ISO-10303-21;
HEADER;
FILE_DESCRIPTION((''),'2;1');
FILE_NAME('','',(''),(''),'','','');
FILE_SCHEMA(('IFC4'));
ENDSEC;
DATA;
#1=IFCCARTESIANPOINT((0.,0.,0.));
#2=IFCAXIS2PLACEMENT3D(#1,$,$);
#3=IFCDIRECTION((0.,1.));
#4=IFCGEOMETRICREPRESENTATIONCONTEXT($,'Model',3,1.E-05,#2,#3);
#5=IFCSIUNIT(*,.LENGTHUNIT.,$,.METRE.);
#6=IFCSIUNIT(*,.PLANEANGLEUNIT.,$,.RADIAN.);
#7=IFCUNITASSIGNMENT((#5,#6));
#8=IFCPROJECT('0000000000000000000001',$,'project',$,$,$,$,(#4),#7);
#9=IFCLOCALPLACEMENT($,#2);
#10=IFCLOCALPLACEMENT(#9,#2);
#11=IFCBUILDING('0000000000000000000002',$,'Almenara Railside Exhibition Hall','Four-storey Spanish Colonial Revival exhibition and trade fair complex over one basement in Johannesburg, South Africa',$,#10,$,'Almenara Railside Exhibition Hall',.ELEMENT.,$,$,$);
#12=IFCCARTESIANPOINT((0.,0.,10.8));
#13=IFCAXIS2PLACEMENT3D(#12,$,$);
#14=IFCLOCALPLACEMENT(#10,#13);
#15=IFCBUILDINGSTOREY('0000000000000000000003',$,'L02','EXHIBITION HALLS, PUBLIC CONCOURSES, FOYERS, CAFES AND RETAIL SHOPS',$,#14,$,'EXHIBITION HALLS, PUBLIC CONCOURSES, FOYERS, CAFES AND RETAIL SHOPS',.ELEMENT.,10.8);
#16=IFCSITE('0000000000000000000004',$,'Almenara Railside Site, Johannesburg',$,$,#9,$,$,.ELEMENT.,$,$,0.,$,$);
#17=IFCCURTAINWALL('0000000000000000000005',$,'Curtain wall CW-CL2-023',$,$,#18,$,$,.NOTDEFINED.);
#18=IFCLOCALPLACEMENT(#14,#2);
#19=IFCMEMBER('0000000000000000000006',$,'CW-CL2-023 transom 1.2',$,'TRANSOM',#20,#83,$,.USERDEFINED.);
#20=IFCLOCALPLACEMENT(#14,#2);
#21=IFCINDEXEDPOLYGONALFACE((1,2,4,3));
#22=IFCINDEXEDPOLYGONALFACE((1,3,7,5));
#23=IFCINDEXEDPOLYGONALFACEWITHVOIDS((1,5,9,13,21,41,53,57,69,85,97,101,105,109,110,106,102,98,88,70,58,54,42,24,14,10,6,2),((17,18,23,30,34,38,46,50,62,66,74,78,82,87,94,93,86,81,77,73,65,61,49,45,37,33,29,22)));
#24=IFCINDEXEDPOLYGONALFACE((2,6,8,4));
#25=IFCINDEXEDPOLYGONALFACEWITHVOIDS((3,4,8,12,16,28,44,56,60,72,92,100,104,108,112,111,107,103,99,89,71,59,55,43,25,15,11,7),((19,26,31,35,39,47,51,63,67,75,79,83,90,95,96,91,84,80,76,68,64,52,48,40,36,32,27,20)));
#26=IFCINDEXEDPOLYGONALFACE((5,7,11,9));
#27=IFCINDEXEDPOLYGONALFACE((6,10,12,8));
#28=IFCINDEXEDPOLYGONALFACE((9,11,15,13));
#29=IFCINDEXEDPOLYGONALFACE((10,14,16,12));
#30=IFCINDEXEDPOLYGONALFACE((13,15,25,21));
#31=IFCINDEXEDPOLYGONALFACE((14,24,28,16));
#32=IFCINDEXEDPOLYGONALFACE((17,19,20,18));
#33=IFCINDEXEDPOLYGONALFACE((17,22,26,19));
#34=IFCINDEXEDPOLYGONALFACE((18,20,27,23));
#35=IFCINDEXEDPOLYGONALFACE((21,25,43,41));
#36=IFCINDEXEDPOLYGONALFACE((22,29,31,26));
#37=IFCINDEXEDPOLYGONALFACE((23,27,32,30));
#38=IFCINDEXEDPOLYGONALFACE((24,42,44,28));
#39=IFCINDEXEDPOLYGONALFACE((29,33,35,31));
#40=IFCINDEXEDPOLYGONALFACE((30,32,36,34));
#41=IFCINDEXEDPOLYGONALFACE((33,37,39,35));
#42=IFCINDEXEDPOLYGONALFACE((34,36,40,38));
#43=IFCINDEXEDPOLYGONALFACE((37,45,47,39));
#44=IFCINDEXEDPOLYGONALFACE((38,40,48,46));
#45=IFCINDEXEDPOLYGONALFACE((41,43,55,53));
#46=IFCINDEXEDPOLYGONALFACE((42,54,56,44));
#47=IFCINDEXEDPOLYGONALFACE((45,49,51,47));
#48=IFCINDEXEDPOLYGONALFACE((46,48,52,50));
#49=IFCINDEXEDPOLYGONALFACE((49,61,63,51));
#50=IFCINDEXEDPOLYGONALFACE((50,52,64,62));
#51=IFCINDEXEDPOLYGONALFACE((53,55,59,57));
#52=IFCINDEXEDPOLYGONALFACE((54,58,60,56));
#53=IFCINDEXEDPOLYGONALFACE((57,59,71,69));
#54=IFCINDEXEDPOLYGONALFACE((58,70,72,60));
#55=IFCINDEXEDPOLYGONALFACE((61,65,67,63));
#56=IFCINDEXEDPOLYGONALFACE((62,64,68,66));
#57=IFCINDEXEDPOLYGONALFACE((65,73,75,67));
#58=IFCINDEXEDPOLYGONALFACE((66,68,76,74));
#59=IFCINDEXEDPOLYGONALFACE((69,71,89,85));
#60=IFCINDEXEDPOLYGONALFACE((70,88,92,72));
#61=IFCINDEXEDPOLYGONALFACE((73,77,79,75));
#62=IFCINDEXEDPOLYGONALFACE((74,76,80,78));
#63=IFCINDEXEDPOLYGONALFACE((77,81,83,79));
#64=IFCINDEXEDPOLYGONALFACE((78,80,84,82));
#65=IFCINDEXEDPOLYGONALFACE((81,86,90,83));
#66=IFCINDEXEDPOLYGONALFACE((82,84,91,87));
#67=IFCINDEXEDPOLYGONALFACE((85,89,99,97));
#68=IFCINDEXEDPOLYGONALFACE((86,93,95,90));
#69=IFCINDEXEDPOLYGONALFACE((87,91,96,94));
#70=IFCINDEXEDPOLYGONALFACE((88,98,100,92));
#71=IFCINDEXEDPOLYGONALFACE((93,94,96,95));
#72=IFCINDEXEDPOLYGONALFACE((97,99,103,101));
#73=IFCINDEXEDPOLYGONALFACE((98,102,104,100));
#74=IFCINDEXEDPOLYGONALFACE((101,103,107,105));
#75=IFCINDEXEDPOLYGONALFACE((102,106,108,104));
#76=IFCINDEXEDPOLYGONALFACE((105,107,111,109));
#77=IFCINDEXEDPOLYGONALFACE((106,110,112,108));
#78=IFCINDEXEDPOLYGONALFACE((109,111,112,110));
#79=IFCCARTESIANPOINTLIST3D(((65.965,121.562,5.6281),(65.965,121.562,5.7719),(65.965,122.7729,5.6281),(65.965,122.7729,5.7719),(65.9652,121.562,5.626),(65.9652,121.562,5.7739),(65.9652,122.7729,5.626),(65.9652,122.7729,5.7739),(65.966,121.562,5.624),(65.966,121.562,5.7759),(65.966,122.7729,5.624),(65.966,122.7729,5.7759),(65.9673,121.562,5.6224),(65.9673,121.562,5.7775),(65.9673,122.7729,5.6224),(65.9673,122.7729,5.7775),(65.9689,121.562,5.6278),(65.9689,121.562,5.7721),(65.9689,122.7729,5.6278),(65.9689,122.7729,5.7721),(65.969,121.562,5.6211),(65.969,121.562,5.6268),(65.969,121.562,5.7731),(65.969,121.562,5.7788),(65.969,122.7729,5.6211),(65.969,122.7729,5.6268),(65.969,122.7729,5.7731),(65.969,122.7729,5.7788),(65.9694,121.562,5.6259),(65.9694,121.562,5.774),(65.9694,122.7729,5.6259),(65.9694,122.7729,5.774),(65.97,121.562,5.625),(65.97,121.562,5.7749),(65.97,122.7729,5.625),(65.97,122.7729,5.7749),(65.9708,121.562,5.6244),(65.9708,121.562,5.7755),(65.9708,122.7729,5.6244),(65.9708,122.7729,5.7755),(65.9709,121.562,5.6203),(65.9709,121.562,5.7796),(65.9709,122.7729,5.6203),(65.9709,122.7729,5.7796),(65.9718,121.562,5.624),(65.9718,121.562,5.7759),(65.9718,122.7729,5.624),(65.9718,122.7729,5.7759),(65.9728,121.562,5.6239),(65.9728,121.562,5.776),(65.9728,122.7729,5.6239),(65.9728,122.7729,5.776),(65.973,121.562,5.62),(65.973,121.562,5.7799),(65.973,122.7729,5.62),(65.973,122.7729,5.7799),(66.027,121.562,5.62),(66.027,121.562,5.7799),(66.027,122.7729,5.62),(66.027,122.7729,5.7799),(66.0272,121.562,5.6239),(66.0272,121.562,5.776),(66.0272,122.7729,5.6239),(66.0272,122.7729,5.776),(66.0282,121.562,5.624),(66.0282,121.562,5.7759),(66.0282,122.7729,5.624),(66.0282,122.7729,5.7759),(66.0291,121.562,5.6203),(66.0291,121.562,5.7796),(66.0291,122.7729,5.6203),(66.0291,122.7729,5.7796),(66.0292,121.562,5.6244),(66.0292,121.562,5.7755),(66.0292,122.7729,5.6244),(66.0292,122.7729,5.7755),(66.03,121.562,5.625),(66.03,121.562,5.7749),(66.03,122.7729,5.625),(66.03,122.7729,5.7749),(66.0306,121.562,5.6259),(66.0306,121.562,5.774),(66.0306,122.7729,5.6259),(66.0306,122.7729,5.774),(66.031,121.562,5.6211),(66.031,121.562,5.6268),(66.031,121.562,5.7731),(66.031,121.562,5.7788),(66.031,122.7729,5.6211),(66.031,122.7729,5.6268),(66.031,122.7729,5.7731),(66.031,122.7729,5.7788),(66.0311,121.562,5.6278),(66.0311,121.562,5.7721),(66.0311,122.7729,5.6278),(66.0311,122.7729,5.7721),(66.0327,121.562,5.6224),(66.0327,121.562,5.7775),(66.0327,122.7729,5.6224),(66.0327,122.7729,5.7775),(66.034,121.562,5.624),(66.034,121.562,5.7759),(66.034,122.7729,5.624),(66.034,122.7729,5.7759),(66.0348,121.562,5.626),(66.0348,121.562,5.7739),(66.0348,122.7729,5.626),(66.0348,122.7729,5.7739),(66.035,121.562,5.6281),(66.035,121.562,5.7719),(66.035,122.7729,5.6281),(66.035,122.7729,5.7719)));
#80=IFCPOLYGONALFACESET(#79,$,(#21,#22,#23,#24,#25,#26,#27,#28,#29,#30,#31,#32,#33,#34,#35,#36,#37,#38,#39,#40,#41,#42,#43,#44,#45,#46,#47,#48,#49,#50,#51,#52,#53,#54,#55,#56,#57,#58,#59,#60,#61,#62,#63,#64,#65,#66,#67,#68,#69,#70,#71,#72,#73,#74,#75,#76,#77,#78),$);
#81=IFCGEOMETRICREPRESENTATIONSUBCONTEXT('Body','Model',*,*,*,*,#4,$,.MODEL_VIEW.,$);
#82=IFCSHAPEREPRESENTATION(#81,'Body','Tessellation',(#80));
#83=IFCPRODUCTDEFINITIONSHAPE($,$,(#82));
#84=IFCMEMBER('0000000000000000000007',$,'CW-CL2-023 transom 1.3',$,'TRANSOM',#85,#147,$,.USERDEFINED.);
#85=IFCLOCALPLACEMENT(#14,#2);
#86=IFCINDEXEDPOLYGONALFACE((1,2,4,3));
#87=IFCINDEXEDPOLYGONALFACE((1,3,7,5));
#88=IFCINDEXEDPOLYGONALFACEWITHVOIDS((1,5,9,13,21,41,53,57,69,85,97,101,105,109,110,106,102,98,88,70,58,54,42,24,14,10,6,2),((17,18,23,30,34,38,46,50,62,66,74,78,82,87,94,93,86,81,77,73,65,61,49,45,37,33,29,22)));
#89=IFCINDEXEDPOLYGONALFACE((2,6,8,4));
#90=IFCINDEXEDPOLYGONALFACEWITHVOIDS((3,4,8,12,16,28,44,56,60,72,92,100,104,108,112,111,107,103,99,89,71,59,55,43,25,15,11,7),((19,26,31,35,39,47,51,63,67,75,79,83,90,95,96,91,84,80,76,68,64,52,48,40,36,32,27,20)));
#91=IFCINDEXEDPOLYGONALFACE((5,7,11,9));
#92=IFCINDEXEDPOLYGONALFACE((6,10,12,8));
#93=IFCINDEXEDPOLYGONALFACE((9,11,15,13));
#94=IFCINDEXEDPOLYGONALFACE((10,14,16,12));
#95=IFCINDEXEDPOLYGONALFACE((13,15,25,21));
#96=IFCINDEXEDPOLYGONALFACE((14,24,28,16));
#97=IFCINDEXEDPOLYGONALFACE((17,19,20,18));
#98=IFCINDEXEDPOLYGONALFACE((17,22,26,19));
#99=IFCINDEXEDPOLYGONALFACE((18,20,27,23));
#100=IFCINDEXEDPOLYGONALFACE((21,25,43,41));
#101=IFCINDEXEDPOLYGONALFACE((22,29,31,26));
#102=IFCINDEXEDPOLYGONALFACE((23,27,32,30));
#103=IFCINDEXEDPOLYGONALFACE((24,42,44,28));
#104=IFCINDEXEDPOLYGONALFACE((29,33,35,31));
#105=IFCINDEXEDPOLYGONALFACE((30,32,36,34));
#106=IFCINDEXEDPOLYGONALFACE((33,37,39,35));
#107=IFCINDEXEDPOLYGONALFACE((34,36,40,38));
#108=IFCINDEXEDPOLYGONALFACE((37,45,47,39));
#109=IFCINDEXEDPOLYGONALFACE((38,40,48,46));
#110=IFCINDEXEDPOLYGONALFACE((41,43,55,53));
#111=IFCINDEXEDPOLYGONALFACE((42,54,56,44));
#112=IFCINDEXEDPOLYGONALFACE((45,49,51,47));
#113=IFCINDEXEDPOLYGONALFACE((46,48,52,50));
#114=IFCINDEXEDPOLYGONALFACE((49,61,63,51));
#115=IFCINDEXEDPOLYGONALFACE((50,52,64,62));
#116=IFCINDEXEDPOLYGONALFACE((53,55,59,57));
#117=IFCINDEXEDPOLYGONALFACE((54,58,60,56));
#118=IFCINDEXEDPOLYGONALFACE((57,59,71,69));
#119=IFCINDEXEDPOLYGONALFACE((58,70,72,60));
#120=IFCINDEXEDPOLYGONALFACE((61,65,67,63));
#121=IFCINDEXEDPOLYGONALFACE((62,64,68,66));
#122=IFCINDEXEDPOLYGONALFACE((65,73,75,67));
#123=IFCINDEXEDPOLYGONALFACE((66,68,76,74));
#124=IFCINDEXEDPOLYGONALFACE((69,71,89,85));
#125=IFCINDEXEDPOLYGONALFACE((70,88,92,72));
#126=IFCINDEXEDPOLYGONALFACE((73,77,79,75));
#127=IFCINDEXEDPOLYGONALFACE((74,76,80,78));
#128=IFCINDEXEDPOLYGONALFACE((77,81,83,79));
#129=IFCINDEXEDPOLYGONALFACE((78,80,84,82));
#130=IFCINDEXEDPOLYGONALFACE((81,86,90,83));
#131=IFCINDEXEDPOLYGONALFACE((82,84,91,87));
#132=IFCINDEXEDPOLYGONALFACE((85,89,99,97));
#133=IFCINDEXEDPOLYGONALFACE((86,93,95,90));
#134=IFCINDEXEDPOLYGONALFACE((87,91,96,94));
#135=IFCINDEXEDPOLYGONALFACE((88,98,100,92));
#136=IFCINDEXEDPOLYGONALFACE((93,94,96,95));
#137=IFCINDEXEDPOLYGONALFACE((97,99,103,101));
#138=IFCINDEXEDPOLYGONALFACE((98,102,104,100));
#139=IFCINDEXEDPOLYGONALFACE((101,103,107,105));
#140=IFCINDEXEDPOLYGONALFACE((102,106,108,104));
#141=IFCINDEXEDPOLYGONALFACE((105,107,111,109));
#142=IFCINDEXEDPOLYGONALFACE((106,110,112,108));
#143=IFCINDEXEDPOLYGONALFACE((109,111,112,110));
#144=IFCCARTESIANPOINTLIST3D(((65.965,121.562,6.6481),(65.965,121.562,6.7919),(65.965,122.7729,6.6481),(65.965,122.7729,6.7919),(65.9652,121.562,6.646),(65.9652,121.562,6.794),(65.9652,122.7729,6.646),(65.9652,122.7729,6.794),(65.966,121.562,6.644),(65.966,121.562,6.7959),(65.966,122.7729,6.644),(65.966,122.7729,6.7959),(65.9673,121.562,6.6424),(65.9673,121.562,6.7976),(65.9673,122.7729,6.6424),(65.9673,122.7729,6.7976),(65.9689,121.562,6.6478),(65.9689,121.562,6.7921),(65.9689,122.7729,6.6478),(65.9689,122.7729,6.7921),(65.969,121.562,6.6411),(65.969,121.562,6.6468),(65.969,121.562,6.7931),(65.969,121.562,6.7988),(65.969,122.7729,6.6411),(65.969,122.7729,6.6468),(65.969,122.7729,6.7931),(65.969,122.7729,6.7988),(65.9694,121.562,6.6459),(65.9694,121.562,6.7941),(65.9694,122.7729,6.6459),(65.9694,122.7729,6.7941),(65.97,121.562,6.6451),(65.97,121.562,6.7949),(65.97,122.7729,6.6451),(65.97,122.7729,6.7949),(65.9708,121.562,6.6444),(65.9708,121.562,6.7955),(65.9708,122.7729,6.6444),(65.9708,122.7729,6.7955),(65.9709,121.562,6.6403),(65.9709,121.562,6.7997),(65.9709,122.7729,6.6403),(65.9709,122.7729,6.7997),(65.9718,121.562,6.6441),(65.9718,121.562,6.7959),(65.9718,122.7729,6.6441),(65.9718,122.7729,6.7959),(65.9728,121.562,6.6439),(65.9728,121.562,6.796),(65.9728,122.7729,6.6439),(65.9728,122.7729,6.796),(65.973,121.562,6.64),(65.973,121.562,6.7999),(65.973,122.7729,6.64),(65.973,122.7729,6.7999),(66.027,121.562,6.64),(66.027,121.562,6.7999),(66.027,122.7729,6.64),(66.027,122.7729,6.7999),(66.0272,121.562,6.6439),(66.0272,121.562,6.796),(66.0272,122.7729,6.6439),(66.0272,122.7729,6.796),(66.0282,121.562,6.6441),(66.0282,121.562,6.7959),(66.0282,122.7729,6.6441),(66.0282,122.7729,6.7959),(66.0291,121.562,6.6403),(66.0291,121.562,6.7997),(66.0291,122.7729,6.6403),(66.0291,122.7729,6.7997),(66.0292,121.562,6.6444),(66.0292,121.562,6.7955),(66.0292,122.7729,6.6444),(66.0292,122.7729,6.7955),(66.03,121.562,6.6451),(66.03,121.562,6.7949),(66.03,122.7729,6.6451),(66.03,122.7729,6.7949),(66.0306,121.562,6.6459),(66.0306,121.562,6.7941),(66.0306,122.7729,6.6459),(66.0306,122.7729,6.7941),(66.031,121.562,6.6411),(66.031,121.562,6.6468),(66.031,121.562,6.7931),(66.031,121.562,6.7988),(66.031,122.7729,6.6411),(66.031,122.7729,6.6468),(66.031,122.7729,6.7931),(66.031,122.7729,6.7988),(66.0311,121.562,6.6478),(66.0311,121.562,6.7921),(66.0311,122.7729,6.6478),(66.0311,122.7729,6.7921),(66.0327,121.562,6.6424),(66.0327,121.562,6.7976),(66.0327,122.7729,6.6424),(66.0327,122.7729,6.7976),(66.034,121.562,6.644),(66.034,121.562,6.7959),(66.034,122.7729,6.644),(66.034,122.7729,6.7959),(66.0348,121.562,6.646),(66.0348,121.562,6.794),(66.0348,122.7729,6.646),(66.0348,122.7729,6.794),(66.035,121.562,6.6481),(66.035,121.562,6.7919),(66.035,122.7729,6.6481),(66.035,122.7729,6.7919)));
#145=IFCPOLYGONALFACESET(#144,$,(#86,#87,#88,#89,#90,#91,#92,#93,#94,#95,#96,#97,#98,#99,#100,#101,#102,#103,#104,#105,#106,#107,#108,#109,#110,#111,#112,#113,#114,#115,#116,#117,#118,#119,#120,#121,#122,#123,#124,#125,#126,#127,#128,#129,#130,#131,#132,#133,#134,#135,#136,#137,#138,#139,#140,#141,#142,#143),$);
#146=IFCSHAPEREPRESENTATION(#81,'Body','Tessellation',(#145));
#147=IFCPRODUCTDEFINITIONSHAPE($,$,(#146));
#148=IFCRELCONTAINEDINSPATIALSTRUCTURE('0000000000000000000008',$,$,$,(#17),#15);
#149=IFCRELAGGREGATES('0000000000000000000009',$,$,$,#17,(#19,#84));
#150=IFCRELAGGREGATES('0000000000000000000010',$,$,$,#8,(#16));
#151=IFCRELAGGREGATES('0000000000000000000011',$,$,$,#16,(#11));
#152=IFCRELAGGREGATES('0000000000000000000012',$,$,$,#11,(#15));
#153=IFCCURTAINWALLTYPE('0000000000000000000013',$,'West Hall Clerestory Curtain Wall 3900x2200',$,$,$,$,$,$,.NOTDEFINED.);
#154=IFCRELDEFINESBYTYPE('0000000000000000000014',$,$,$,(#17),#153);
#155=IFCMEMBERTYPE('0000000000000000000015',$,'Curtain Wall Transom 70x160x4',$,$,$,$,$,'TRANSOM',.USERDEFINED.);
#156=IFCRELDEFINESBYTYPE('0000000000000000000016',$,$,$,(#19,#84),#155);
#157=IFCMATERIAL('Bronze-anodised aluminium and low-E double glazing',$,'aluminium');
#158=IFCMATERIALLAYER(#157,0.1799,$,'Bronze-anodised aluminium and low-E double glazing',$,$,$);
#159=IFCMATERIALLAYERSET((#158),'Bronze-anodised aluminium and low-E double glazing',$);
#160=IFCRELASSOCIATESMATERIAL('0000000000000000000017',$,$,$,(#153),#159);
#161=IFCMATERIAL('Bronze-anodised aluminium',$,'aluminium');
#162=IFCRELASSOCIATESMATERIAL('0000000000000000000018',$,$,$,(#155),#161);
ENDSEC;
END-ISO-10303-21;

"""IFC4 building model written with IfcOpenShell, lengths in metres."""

from ifc_helpers import new_model, si_unit, direction, frame, origin, origin_2d, place, context, subcontext, project, spatial, hollow_rectangle, extrude, material, layer, layer_set, material_profile, profile_set, type_object, element, aggregate, save


model = new_model("IFC4")

# Units and contexts
model_context = context("Model", 3, precision=1e-05, world=origin(), true_north=direction((0.0, 1.0)))
body_context = subcontext(model_context, "Body", "Model", "MODEL_VIEW")
ifc_project = project(units=[si_unit("LENGTHUNIT", "METRE"), si_unit("PLANEANGLEUNIT", "RADIAN")], contexts=[model_context])

# Site, building, storey
site_placement = place(None, origin())
site = spatial("IfcSite", under=ifc_project, at=site_placement, Name="Almenara Railside Site, Johannesburg", CompositionType="ELEMENT", RefElevation=0.0)
building_placement = place(site_placement, origin())
building = spatial("IfcBuilding", under=site, at=building_placement, Name="Almenara Railside Exhibition Hall", Description="Four-storey Spanish Colonial Revival exhibition and trade fair complex over one basement in Johannesburg, South Africa", LongName="Almenara Railside Exhibition Hall", CompositionType="ELEMENT")
storey_placement = place(building_placement, frame((0.0, 0.0, 10.8)))
storey = spatial("IfcBuildingStorey", under=building, at=storey_placement, Name="L02", Description="EXHIBITION HALLS, PUBLIC CONCOURSES, FOYERS, CAFES AND RETAIL SHOPS", LongName="EXHIBITION HALLS, PUBLIC CONCOURSES, FOYERS, CAFES AND RETAIL SHOPS", CompositionType="ELEMENT", Elevation=10.8)

# Curtain wall
ifc_material_1 = material(Name="Bronze-anodised aluminium and low-E double glazing", Category="aluminium")
ifc_layer_1 = layer(ifc_material_1, 0.1799, Name="Bronze-anodised aluminium and low-E double glazing")
ifc_layer_set_1 = layer_set([ifc_layer_1], Name="Bronze-anodised aluminium and low-E double glazing")
curtain_wall_type = type_object("IfcCurtainWallType", Name="West Hall Clerestory Curtain Wall 3900x2200", PredefinedType="NOTDEFINED", material=ifc_layer_set_1)
ifc_material_2 = material(Name="Bronze-anodised aluminium", Category="aluminium")
curtain_wall_1_placement = place(storey_placement, origin())
curtain_wall_1 = element("IfcCurtainWall", 1, at=curtain_wall_1_placement, inside=storey, type_object=curtain_wall_type, Name="Curtain wall CW-CL2-023", PredefinedType="NOTDEFINED")

# Members
ifc_material_profile_1 = material_profile(ifc_material_2, hollow_rectangle(XDim=0.0701, YDim=0.1599, WallThickness=0.0039, InnerFilletRadius=0.0039, OuterFilletRadius=0.0081, at=origin_2d()), Name="ALU-TRN 70x160x4")
ifc_profile_set_1 = profile_set([ifc_material_profile_1], Name="Bronze-anodised aluminium")
member_type_1 = type_object("IfcMemberType", Name="Curtain Wall Transom 70x160x4", ElementType="TRANSOM", PredefinedType="USERDEFINED", material=ifc_profile_set_1)
member_1_placement = place(storey_placement, frame((66.0, 121.562, 5.7), z_axis=(0.0, 1.0, 0.0), x_axis=(-1.0, 0.0, 0.0)))
member_1 = element("IfcMember", 2, at=member_1_placement, type_object=member_type_1, Name="CW-CL2-023 transom 1.2", ObjectType="TRANSOM", PredefinedType="USERDEFINED", context=body_context, shape_type="SweptSolid", body=[
    extrude(hollow_rectangle(XDim=0.0701, YDim=0.1599, WallThickness=0.0039, InnerFilletRadius=0.0039, OuterFilletRadius=0.0081, at=origin_2d()), origin(), (0.0, 0.0, 1.0), 1.2109),
])
member_2_placement = place(storey_placement, frame((66.0, 121.562, 6.72), z_axis=(0.0, 1.0, 0.0), x_axis=(-1.0, 0.0, 0.0)))
member_2 = element("IfcMember", 3, at=member_2_placement, type_object=member_type_1, Name="CW-CL2-023 transom 1.3", ObjectType="TRANSOM", PredefinedType="USERDEFINED", context=body_context, shape_type="SweptSolid", body=[
    extrude(hollow_rectangle(XDim=0.0701, YDim=0.1599, WallThickness=0.0039, InnerFilletRadius=0.0039, OuterFilletRadius=0.0081, at=origin_2d()), origin(), (0.0, 0.0, 1.0), 1.2109),
])

aggregate(curtain_wall_1, [member_1, member_2])

save(model, "model.ifc")
